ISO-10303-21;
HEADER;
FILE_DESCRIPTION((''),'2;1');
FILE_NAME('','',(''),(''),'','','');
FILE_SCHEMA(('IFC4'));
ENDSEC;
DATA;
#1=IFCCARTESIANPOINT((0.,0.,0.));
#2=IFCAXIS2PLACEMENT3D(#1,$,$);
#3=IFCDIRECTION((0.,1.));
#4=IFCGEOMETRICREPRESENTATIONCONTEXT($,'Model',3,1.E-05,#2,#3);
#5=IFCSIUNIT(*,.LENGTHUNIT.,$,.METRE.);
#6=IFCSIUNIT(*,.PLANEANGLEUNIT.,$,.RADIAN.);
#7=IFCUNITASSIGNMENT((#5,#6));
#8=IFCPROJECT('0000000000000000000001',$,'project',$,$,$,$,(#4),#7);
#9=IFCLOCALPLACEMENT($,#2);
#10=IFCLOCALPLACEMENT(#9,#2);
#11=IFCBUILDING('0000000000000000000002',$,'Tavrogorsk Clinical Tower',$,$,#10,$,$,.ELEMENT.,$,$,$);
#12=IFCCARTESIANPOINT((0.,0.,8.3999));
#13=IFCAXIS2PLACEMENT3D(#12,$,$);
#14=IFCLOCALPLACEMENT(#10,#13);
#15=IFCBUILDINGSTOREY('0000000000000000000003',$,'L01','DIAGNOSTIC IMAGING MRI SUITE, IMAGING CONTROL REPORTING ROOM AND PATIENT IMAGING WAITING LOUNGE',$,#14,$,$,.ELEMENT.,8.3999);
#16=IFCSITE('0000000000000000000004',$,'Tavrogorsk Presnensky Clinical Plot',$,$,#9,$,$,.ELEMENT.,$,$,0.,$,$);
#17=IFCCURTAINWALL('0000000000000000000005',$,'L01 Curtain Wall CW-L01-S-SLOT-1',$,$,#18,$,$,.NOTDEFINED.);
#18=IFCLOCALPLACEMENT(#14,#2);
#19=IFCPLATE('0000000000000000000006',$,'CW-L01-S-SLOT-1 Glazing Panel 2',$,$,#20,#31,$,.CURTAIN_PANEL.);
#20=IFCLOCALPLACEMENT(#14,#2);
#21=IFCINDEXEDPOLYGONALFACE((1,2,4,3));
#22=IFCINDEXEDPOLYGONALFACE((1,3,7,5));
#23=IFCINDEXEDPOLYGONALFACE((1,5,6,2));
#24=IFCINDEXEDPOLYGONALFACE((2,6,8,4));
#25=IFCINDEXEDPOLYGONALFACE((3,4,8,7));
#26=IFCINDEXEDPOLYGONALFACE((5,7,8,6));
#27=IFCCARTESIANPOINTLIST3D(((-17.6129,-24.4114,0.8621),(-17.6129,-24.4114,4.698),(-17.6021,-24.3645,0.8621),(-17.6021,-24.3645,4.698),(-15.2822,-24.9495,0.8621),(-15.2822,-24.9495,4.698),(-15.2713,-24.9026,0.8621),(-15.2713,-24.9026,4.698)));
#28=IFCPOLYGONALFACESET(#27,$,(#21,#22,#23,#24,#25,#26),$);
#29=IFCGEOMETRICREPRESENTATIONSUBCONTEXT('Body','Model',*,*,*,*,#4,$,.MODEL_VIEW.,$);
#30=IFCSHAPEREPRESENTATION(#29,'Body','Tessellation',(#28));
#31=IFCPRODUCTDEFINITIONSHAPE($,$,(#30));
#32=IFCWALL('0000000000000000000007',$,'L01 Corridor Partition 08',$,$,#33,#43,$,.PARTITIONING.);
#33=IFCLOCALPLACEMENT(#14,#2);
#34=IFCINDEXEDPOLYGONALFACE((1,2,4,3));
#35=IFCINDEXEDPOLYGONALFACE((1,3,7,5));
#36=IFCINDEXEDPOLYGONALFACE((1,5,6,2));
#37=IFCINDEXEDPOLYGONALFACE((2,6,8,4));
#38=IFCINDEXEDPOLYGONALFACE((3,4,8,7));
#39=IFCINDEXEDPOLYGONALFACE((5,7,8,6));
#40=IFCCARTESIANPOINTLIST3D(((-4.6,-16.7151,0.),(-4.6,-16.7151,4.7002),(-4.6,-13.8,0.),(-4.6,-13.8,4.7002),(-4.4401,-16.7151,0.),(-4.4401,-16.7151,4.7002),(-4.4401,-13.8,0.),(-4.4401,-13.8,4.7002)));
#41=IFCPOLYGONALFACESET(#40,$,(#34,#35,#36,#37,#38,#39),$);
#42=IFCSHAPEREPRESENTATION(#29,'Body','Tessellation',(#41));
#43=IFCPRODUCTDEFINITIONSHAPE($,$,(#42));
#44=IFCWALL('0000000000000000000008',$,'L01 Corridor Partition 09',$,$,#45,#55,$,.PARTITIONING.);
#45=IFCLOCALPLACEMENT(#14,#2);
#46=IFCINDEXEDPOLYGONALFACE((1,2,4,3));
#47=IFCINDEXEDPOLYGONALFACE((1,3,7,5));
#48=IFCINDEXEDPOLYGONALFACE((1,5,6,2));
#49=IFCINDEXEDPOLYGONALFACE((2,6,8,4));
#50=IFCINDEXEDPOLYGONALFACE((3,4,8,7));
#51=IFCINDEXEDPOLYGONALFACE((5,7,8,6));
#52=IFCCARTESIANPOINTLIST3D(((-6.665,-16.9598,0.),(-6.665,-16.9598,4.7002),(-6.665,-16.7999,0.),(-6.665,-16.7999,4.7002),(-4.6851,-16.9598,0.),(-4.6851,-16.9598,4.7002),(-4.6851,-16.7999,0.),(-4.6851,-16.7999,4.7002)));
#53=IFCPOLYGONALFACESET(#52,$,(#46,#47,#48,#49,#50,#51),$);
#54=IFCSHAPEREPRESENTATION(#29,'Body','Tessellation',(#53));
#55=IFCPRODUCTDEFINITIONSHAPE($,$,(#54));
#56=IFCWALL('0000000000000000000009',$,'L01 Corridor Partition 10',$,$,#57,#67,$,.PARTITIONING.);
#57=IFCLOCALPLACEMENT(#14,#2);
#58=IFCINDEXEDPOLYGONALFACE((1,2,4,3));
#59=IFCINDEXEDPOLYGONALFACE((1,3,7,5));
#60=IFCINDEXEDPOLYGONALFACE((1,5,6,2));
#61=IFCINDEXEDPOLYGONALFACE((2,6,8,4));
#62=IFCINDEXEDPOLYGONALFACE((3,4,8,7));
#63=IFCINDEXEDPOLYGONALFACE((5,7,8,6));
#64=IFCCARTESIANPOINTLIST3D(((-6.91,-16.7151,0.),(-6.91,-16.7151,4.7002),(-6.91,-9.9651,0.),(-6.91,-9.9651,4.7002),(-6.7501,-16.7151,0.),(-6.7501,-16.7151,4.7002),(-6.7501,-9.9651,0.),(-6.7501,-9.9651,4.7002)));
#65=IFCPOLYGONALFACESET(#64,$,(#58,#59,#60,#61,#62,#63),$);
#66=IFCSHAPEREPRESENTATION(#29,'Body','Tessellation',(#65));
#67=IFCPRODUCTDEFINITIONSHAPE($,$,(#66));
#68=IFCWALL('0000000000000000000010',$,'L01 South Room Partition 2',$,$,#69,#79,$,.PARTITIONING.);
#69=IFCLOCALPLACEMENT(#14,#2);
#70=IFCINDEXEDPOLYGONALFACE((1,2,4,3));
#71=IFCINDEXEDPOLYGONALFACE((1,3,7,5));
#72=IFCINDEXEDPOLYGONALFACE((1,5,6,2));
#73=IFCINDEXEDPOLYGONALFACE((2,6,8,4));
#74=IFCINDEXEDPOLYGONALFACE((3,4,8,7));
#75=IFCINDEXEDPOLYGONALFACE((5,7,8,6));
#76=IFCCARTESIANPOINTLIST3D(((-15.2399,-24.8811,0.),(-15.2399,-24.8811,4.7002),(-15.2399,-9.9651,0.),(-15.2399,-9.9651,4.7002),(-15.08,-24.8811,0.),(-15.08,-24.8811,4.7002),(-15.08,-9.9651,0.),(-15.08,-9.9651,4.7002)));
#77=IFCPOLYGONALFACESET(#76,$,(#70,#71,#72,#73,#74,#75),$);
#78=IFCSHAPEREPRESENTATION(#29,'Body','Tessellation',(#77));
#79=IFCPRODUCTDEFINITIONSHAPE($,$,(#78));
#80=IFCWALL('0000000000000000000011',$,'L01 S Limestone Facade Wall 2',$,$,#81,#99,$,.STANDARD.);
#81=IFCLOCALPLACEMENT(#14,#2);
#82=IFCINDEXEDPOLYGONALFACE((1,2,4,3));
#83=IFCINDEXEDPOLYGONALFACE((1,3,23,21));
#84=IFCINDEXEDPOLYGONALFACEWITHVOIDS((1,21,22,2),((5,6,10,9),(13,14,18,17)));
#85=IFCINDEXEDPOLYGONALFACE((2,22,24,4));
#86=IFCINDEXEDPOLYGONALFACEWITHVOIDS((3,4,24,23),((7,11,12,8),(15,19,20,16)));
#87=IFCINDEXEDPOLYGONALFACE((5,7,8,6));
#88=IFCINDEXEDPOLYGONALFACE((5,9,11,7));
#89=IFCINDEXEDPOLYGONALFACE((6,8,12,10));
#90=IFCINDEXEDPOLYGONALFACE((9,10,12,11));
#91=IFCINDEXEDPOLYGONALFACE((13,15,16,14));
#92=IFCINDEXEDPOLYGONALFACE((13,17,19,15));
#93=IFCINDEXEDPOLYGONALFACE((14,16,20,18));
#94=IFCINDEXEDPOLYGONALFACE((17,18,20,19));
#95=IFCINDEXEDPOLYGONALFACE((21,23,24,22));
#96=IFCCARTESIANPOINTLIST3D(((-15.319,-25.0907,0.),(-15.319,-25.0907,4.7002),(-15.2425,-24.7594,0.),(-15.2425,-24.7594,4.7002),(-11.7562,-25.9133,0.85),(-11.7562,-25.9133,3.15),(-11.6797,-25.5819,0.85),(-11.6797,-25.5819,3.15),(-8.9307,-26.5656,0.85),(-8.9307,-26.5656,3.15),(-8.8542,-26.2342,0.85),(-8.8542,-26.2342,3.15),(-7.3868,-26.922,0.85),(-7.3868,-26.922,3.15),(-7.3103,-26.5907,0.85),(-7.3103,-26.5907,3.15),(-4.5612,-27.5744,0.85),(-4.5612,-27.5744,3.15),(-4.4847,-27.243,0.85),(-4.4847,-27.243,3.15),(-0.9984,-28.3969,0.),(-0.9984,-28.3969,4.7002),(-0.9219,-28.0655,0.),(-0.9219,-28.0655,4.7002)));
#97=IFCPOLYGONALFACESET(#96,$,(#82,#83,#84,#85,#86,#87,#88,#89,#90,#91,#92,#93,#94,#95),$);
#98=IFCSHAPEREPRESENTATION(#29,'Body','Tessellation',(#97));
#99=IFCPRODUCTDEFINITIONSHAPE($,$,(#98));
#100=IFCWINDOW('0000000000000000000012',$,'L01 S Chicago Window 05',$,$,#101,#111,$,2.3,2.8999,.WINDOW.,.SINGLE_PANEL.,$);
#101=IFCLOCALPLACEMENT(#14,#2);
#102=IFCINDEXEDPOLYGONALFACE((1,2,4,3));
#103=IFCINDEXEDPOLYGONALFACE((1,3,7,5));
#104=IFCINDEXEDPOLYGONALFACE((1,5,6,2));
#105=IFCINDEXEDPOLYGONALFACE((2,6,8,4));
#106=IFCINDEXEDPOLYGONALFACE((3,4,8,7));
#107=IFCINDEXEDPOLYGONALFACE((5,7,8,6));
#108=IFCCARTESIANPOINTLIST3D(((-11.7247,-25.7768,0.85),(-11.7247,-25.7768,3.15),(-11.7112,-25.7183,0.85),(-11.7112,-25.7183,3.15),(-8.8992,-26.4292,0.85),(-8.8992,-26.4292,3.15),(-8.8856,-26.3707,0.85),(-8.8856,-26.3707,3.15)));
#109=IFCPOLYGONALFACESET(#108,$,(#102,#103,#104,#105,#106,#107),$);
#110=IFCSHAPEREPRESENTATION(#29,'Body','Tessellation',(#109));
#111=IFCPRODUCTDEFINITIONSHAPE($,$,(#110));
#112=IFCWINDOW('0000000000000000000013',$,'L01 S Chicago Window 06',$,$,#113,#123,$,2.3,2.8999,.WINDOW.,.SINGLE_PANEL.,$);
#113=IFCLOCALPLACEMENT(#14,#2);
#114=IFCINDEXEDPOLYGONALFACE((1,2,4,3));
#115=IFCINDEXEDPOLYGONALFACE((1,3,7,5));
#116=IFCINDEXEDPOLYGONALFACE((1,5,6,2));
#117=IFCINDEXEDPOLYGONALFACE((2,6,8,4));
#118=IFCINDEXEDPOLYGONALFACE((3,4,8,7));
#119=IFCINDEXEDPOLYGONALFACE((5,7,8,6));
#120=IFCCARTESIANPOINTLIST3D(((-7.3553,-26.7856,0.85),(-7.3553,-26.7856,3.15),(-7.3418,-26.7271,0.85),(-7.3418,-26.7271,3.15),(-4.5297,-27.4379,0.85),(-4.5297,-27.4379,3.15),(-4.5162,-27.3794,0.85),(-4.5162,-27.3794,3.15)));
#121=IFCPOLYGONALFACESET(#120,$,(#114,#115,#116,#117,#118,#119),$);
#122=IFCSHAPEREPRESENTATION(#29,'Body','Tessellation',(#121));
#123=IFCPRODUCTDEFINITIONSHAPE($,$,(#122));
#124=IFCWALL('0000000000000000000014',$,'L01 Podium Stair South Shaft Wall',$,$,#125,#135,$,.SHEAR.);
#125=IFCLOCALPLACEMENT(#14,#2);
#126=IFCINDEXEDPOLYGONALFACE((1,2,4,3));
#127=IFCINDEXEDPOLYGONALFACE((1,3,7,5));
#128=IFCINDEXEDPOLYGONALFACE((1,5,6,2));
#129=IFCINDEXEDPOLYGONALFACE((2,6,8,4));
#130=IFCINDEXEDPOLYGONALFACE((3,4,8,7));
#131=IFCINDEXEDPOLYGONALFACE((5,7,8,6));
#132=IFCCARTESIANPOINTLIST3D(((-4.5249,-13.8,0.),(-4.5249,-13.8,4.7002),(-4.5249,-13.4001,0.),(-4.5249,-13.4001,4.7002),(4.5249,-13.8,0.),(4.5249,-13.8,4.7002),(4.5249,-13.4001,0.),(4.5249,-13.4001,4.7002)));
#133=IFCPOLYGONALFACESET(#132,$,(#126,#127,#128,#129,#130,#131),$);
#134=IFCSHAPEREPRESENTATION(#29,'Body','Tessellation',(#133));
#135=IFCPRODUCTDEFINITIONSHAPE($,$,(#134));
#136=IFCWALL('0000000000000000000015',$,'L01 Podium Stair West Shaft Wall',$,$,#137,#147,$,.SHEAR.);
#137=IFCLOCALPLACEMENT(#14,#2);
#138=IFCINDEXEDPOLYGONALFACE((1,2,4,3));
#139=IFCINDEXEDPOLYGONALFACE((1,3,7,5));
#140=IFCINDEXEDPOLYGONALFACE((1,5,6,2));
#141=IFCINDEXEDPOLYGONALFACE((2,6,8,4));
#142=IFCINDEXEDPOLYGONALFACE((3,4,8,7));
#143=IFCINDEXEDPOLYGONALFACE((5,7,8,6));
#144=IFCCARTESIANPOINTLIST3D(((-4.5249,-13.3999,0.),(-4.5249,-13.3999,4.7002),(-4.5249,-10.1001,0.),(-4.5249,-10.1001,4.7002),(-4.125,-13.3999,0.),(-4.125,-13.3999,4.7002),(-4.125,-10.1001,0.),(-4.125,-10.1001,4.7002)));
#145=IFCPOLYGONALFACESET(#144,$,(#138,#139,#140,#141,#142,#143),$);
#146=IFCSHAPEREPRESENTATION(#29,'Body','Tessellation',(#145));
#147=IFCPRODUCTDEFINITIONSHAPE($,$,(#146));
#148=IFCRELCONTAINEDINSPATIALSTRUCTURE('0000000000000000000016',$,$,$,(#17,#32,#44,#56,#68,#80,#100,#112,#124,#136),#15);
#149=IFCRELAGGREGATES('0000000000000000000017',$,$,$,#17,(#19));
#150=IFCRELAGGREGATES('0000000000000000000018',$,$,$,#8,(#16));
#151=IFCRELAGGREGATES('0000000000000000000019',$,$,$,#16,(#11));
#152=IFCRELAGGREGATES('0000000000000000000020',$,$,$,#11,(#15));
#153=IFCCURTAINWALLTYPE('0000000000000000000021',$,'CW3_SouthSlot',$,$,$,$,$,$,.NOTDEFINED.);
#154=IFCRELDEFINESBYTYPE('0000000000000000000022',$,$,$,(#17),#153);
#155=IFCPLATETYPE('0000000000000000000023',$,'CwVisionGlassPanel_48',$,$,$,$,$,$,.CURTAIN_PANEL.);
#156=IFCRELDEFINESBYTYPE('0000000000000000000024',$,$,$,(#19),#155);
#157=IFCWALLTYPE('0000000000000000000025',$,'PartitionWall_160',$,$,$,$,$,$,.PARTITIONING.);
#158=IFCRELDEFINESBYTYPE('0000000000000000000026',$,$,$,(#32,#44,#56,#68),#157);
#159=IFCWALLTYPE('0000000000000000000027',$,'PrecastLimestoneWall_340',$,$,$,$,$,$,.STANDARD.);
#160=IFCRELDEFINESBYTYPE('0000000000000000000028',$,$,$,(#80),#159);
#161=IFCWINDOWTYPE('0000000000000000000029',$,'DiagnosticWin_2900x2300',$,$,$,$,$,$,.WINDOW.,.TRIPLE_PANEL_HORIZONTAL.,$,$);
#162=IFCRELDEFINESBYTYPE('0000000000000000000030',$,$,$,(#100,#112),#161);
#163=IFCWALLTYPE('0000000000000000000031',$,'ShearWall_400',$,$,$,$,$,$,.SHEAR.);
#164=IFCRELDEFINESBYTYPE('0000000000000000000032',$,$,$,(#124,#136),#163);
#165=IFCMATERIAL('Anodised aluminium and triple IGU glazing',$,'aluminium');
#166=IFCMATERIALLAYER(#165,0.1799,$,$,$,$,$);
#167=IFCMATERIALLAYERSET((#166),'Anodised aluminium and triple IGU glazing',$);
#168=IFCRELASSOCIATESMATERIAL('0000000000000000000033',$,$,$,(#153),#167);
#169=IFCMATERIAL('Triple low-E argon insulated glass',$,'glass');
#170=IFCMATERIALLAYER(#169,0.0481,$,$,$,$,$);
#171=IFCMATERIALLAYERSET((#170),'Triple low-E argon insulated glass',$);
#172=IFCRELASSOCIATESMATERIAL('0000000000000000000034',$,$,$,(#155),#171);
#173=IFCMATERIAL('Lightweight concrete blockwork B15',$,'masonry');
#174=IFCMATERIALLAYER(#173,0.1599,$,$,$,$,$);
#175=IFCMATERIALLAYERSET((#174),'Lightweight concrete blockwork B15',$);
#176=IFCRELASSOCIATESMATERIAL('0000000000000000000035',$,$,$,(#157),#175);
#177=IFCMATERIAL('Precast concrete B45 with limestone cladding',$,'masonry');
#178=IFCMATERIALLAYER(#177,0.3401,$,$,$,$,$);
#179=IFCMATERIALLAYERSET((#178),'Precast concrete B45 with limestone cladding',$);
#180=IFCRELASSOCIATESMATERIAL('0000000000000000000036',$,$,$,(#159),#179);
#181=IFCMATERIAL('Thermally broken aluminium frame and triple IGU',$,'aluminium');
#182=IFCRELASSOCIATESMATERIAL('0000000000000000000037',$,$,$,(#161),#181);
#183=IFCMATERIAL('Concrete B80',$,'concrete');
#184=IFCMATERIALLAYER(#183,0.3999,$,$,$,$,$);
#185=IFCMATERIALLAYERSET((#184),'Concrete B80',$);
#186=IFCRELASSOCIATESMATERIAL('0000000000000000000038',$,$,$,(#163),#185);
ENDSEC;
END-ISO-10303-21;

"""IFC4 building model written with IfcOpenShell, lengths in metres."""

from ifc_helpers import new_model, si_unit, direction, frame, frame_2d, origin, origin_2d, place, context, subcontext, project, spatial, rectangle, extrude, material, layer, layer_set, type_object, element, fill, aggregate, save


model = new_model("IFC4")

# Units and contexts
model_context = context("Model", 3, precision=1e-05, world=origin(), true_north=direction((0.0, 1.0)))
body_context = subcontext(model_context, "Body", "Model", "MODEL_VIEW")
ifc_project = project(units=[si_unit("LENGTHUNIT", "METRE"), si_unit("PLANEANGLEUNIT", "RADIAN")], contexts=[model_context])

# Site, building, storey
site_placement = place(None, origin())
site = spatial("IfcSite", under=ifc_project, at=site_placement, Name="Tavrogorsk Presnensky Clinical Plot", CompositionType="ELEMENT", RefElevation=0.0)
building_placement = place(site_placement, origin())
building = spatial("IfcBuilding", under=site, at=building_placement, Name="Tavrogorsk Clinical Tower", CompositionType="ELEMENT")
storey_placement = place(building_placement, frame((0.0, 0.0, 8.3999)))
storey = spatial("IfcBuildingStorey", under=building, at=storey_placement, Name="L01", Description="DIAGNOSTIC IMAGING MRI SUITE, IMAGING CONTROL REPORTING ROOM AND PATIENT IMAGING WAITING LOUNGE", CompositionType="ELEMENT", Elevation=8.3999)

# Curtain wall
ifc_material_1 = material(Name="Anodised aluminium and triple IGU glazing", Category="aluminium")
ifc_layer_1 = layer(ifc_material_1, 0.1799)
ifc_layer_set_1 = layer_set([ifc_layer_1], Name="Anodised aluminium and triple IGU glazing")
curtain_wall_type = type_object("IfcCurtainWallType", Name="CW3_SouthSlot", PredefinedType="NOTDEFINED", material=ifc_layer_set_1)
curtain_wall_placement = place(storey_placement, origin())
curtain_wall = element("IfcCurtainWall", 1, at=curtain_wall_placement, inside=storey, type_object=curtain_wall_type, Name="L01 Curtain Wall CW-L01-S-SLOT-1", PredefinedType="NOTDEFINED")

# Plate
ifc_material_2 = material(Name="Triple low-E argon insulated glass", Category="glass")
ifc_layer_2 = layer(ifc_material_2, 0.0481)
ifc_layer_set_2 = layer_set([ifc_layer_2], Name="Triple low-E argon insulated glass")
plate_type_1 = type_object("IfcPlateType", Name="CwVisionGlassPanel_48", PredefinedType="CURTAIN_PANEL", material=ifc_layer_set_2)
plate_1_placement = place(storey_placement, frame((-16.4421, -24.657, 0.8621), z_axis=(0.0, 0.0, 1.0), x_axis=(0.97437, -0.224951, 0.0)))
plate_1 = element("IfcPlate", 2, at=plate_1_placement, type_object=plate_type_1, Name="CW-L01-S-SLOT-1 Glazing Panel 2", PredefinedType="CURTAIN_PANEL", context=body_context, shape_type="SweptSolid", body=[
    extrude(rectangle(XDim=2.3921, YDim=0.0481, at=origin_2d()), origin(), (0.0, 0.0, 1.0), 3.8359),
])
aggregate(curtain_wall, [plate_1])

# Walls
ifc_material_3 = material(Name="Lightweight concrete blockwork B15", Category="masonry")
ifc_layer_3 = layer(ifc_material_3, 0.1599)
ifc_layer_set_3 = layer_set([ifc_layer_3], Name="Lightweight concrete blockwork B15")
wall_type_1 = type_object("IfcWallType", Name="PartitionWall_160", PredefinedType="PARTITIONING", material=ifc_layer_set_3)
wall_1_placement = place(storey_placement, frame((-4.52, -13.8, 0.0), z_axis=(0.0, 0.0, 1.0), x_axis=(0.0, -1.0, 0.0)))
element("IfcWall", 3, at=wall_1_placement, inside=storey, type_object=wall_type_1, Name="L01 Corridor Partition 08", PredefinedType="PARTITIONING", context=body_context, shape_type="SweptSolid", body=[
    extrude(rectangle(XDim=2.915, YDim=0.1599, at=frame_2d((1.4575, 0.0))), origin(), (0.0, 0.0, 1.0), 4.7002),
])
wall_2_placement = place(storey_placement, frame((-4.6851, -16.8799, 0.0), z_axis=(0.0, 0.0, 1.0), x_axis=(-1.0, 0.0, 0.0)))
element("IfcWall", 4, at=wall_2_placement, inside=storey, type_object=wall_type_1, Name="L01 Corridor Partition 09", PredefinedType="PARTITIONING", context=body_context, shape_type="SweptSolid", body=[
    extrude(rectangle(XDim=1.98, YDim=0.1599, at=frame_2d((0.99, 0.0))), origin(), (0.0, 0.0, 1.0), 4.7002),
])
wall_3_placement = place(storey_placement, frame((-6.8301, -16.7151, 0.0), z_axis=(0.0, 0.0, 1.0), x_axis=(0.0, 1.0, 0.0)))
element("IfcWall", 5, at=wall_3_placement, inside=storey, type_object=wall_type_1, Name="L01 Corridor Partition 10", PredefinedType="PARTITIONING", context=body_context, shape_type="SweptSolid", body=[
    extrude(rectangle(XDim=6.75, YDim=0.1599, at=frame_2d((3.375, 0.0))), origin(), (0.0, 0.0, 1.0), 4.7002),
])
wall_4_placement = place(storey_placement, frame((-15.1599, -24.8811, 0.0), z_axis=(0.0, 0.0, 1.0), x_axis=(0.0, 1.0, 0.0)))
element("IfcWall", 6, at=wall_4_placement, inside=storey, type_object=wall_type_1, Name="L01 South Room Partition 2", PredefinedType="PARTITIONING", context=body_context, shape_type="SweptSolid", body=[
    extrude(rectangle(XDim=14.916, YDim=0.1599, at=frame_2d((7.458, 0.0))), origin(), (0.0, 0.0, 1.0), 4.7002),
])

# Wall, openings, windows
ifc_material_4 = material(Name="Precast concrete B45 with limestone cladding", Category="masonry")
ifc_layer_4 = layer(ifc_material_4, 0.3401)
ifc_layer_set_4 = layer_set([ifc_layer_4], Name="Precast concrete B45 with limestone cladding")
wall_type_2 = type_object("IfcWallType", Name="PrecastLimestoneWall_340", PredefinedType="STANDARD", material=ifc_layer_set_4)
wall_5_placement = place(storey_placement, frame((-15.2808, -24.925, 0.0), z_axis=(0.0, 0.0, 1.0), x_axis=(0.97437, -0.22495, 0.0)))
wall_5 = element("IfcWall", 7, at=wall_5_placement, inside=storey, type_object=wall_type_2, Name="L01 S Limestone Facade Wall 2", PredefinedType="STANDARD", context=body_context, shape_type="SweptSolid", body=[
    extrude(rectangle(XDim=14.6973, YDim=0.3401, at=frame_2d((7.3486, 0.0))), origin(), (0.0, 0.0, 1.0), 4.7002),
])
opening_1_placement = place(wall_5_placement, frame((3.6565, 0.0, 0.8501)))
opening_1 = element("IfcOpeningElement", 8, at=opening_1_placement, cuts=wall_5, PredefinedType="OPENING", context=body_context, shape_type="SweptSolid", body=[
    extrude(rectangle(XDim=2.8999, YDim=2.3, at=frame_2d((1.45, 1.1499))), frame((0.0, 0.1799, 0.0), z_axis=(0.0, -1.0, 0.0), x_axis=(1.0, 0.0, 0.0)), (0.0, 0.0, 1.0), 0.3601),
])
opening_2_placement = place(wall_5_placement, frame((8.1409, 0.0, 0.8501)))
opening_2 = element("IfcOpeningElement", 9, at=opening_2_placement, cuts=wall_5, PredefinedType="OPENING", context=body_context, shape_type="SweptSolid", body=[
    extrude(rectangle(XDim=2.8999, YDim=2.3, at=frame_2d((1.45, 1.1499))), frame((0.0, 0.1799, 0.0), z_axis=(0.0, -1.0, 0.0), x_axis=(1.0, 0.0, 0.0)), (0.0, 0.0, 1.0), 0.3601),
])
ifc_material_5 = material(Name="Thermally broken aluminium frame and triple IGU", Category="aluminium")
window_type = type_object("IfcWindowType", Name="DiagnosticWin_2900x2300", PartitioningType="TRIPLE_PANEL_HORIZONTAL", PredefinedType="WINDOW", material=ifc_material_5)
window_1_placement = place(opening_1_placement, origin())
window_1 = element("IfcWindow", 10, at=window_1_placement, inside=storey, type_object=window_type, Name="L01 S Chicago Window 05", OverallHeight=2.3, OverallWidth=2.8999, PartitioningType="SINGLE_PANEL", PredefinedType="WINDOW", context=body_context, shape_type="SweptSolid", body=[
    extrude(rectangle(XDim=2.8999, YDim=2.3, at=frame_2d((1.45, 1.1499))), frame((0.0, 0.03, 0.0), z_axis=(0.0, -1.0, 0.0), x_axis=(1.0, 0.0, 0.0)), (0.0, 0.0, 1.0), 0.0601),
])
fill(opening_1, window_1)
window_2_placement = place(opening_2_placement, origin())
window_2 = element("IfcWindow", 11, at=window_2_placement, inside=storey, type_object=window_type, Name="L01 S Chicago Window 06", OverallHeight=2.3, OverallWidth=2.8999, PartitioningType="SINGLE_PANEL", PredefinedType="WINDOW", context=body_context, shape_type="SweptSolid", body=[
    extrude(rectangle(XDim=2.8999, YDim=2.3, at=frame_2d((1.45, 1.1499))), frame((0.0, 0.03, 0.0), z_axis=(0.0, -1.0, 0.0), x_axis=(1.0, 0.0, 0.0)), (0.0, 0.0, 1.0), 0.0601),
])
fill(opening_2, window_2)

# Walls
ifc_material_6 = material(Name="Concrete B80", Category="concrete")
ifc_layer_5 = layer(ifc_material_6, 0.3999)
ifc_layer_set_5 = layer_set([ifc_layer_5], Name="Concrete B80")
wall_type_3 = type_object("IfcWallType", Name="ShearWall_400", PredefinedType="SHEAR", material=ifc_layer_set_5)
wall_6_placement = place(storey_placement, frame((-4.5249, -13.6001, 0.0), z_axis=(0.0, 0.0, 1.0), x_axis=(1.0, 0.0, 0.0)))
element("IfcWall", 12, at=wall_6_placement, inside=storey, type_object=wall_type_3, Name="L01 Podium Stair South Shaft Wall", PredefinedType="SHEAR", context=body_context, shape_type="SweptSolid", body=[
    extrude(rectangle(XDim=9.0498, YDim=0.3999, at=frame_2d((4.5249, 0.0))), origin(), (0.0, 0.0, 1.0), 4.7002),
])
wall_7_placement = place(storey_placement, frame((-4.325, -13.3999, 0.0), z_axis=(0.0, 0.0, 1.0), x_axis=(0.0, 1.0, 0.0)))
element("IfcWall", 13, at=wall_7_placement, inside=storey, type_object=wall_type_3, Name="L01 Podium Stair West Shaft Wall", PredefinedType="SHEAR", context=body_context, shape_type="SweptSolid", body=[
    extrude(rectangle(XDim=3.2998, YDim=0.3999, at=frame_2d((1.6499, 0.0))), origin(), (0.0, 0.0, 1.0), 4.7002),
])

save(model, "model.ifc")
